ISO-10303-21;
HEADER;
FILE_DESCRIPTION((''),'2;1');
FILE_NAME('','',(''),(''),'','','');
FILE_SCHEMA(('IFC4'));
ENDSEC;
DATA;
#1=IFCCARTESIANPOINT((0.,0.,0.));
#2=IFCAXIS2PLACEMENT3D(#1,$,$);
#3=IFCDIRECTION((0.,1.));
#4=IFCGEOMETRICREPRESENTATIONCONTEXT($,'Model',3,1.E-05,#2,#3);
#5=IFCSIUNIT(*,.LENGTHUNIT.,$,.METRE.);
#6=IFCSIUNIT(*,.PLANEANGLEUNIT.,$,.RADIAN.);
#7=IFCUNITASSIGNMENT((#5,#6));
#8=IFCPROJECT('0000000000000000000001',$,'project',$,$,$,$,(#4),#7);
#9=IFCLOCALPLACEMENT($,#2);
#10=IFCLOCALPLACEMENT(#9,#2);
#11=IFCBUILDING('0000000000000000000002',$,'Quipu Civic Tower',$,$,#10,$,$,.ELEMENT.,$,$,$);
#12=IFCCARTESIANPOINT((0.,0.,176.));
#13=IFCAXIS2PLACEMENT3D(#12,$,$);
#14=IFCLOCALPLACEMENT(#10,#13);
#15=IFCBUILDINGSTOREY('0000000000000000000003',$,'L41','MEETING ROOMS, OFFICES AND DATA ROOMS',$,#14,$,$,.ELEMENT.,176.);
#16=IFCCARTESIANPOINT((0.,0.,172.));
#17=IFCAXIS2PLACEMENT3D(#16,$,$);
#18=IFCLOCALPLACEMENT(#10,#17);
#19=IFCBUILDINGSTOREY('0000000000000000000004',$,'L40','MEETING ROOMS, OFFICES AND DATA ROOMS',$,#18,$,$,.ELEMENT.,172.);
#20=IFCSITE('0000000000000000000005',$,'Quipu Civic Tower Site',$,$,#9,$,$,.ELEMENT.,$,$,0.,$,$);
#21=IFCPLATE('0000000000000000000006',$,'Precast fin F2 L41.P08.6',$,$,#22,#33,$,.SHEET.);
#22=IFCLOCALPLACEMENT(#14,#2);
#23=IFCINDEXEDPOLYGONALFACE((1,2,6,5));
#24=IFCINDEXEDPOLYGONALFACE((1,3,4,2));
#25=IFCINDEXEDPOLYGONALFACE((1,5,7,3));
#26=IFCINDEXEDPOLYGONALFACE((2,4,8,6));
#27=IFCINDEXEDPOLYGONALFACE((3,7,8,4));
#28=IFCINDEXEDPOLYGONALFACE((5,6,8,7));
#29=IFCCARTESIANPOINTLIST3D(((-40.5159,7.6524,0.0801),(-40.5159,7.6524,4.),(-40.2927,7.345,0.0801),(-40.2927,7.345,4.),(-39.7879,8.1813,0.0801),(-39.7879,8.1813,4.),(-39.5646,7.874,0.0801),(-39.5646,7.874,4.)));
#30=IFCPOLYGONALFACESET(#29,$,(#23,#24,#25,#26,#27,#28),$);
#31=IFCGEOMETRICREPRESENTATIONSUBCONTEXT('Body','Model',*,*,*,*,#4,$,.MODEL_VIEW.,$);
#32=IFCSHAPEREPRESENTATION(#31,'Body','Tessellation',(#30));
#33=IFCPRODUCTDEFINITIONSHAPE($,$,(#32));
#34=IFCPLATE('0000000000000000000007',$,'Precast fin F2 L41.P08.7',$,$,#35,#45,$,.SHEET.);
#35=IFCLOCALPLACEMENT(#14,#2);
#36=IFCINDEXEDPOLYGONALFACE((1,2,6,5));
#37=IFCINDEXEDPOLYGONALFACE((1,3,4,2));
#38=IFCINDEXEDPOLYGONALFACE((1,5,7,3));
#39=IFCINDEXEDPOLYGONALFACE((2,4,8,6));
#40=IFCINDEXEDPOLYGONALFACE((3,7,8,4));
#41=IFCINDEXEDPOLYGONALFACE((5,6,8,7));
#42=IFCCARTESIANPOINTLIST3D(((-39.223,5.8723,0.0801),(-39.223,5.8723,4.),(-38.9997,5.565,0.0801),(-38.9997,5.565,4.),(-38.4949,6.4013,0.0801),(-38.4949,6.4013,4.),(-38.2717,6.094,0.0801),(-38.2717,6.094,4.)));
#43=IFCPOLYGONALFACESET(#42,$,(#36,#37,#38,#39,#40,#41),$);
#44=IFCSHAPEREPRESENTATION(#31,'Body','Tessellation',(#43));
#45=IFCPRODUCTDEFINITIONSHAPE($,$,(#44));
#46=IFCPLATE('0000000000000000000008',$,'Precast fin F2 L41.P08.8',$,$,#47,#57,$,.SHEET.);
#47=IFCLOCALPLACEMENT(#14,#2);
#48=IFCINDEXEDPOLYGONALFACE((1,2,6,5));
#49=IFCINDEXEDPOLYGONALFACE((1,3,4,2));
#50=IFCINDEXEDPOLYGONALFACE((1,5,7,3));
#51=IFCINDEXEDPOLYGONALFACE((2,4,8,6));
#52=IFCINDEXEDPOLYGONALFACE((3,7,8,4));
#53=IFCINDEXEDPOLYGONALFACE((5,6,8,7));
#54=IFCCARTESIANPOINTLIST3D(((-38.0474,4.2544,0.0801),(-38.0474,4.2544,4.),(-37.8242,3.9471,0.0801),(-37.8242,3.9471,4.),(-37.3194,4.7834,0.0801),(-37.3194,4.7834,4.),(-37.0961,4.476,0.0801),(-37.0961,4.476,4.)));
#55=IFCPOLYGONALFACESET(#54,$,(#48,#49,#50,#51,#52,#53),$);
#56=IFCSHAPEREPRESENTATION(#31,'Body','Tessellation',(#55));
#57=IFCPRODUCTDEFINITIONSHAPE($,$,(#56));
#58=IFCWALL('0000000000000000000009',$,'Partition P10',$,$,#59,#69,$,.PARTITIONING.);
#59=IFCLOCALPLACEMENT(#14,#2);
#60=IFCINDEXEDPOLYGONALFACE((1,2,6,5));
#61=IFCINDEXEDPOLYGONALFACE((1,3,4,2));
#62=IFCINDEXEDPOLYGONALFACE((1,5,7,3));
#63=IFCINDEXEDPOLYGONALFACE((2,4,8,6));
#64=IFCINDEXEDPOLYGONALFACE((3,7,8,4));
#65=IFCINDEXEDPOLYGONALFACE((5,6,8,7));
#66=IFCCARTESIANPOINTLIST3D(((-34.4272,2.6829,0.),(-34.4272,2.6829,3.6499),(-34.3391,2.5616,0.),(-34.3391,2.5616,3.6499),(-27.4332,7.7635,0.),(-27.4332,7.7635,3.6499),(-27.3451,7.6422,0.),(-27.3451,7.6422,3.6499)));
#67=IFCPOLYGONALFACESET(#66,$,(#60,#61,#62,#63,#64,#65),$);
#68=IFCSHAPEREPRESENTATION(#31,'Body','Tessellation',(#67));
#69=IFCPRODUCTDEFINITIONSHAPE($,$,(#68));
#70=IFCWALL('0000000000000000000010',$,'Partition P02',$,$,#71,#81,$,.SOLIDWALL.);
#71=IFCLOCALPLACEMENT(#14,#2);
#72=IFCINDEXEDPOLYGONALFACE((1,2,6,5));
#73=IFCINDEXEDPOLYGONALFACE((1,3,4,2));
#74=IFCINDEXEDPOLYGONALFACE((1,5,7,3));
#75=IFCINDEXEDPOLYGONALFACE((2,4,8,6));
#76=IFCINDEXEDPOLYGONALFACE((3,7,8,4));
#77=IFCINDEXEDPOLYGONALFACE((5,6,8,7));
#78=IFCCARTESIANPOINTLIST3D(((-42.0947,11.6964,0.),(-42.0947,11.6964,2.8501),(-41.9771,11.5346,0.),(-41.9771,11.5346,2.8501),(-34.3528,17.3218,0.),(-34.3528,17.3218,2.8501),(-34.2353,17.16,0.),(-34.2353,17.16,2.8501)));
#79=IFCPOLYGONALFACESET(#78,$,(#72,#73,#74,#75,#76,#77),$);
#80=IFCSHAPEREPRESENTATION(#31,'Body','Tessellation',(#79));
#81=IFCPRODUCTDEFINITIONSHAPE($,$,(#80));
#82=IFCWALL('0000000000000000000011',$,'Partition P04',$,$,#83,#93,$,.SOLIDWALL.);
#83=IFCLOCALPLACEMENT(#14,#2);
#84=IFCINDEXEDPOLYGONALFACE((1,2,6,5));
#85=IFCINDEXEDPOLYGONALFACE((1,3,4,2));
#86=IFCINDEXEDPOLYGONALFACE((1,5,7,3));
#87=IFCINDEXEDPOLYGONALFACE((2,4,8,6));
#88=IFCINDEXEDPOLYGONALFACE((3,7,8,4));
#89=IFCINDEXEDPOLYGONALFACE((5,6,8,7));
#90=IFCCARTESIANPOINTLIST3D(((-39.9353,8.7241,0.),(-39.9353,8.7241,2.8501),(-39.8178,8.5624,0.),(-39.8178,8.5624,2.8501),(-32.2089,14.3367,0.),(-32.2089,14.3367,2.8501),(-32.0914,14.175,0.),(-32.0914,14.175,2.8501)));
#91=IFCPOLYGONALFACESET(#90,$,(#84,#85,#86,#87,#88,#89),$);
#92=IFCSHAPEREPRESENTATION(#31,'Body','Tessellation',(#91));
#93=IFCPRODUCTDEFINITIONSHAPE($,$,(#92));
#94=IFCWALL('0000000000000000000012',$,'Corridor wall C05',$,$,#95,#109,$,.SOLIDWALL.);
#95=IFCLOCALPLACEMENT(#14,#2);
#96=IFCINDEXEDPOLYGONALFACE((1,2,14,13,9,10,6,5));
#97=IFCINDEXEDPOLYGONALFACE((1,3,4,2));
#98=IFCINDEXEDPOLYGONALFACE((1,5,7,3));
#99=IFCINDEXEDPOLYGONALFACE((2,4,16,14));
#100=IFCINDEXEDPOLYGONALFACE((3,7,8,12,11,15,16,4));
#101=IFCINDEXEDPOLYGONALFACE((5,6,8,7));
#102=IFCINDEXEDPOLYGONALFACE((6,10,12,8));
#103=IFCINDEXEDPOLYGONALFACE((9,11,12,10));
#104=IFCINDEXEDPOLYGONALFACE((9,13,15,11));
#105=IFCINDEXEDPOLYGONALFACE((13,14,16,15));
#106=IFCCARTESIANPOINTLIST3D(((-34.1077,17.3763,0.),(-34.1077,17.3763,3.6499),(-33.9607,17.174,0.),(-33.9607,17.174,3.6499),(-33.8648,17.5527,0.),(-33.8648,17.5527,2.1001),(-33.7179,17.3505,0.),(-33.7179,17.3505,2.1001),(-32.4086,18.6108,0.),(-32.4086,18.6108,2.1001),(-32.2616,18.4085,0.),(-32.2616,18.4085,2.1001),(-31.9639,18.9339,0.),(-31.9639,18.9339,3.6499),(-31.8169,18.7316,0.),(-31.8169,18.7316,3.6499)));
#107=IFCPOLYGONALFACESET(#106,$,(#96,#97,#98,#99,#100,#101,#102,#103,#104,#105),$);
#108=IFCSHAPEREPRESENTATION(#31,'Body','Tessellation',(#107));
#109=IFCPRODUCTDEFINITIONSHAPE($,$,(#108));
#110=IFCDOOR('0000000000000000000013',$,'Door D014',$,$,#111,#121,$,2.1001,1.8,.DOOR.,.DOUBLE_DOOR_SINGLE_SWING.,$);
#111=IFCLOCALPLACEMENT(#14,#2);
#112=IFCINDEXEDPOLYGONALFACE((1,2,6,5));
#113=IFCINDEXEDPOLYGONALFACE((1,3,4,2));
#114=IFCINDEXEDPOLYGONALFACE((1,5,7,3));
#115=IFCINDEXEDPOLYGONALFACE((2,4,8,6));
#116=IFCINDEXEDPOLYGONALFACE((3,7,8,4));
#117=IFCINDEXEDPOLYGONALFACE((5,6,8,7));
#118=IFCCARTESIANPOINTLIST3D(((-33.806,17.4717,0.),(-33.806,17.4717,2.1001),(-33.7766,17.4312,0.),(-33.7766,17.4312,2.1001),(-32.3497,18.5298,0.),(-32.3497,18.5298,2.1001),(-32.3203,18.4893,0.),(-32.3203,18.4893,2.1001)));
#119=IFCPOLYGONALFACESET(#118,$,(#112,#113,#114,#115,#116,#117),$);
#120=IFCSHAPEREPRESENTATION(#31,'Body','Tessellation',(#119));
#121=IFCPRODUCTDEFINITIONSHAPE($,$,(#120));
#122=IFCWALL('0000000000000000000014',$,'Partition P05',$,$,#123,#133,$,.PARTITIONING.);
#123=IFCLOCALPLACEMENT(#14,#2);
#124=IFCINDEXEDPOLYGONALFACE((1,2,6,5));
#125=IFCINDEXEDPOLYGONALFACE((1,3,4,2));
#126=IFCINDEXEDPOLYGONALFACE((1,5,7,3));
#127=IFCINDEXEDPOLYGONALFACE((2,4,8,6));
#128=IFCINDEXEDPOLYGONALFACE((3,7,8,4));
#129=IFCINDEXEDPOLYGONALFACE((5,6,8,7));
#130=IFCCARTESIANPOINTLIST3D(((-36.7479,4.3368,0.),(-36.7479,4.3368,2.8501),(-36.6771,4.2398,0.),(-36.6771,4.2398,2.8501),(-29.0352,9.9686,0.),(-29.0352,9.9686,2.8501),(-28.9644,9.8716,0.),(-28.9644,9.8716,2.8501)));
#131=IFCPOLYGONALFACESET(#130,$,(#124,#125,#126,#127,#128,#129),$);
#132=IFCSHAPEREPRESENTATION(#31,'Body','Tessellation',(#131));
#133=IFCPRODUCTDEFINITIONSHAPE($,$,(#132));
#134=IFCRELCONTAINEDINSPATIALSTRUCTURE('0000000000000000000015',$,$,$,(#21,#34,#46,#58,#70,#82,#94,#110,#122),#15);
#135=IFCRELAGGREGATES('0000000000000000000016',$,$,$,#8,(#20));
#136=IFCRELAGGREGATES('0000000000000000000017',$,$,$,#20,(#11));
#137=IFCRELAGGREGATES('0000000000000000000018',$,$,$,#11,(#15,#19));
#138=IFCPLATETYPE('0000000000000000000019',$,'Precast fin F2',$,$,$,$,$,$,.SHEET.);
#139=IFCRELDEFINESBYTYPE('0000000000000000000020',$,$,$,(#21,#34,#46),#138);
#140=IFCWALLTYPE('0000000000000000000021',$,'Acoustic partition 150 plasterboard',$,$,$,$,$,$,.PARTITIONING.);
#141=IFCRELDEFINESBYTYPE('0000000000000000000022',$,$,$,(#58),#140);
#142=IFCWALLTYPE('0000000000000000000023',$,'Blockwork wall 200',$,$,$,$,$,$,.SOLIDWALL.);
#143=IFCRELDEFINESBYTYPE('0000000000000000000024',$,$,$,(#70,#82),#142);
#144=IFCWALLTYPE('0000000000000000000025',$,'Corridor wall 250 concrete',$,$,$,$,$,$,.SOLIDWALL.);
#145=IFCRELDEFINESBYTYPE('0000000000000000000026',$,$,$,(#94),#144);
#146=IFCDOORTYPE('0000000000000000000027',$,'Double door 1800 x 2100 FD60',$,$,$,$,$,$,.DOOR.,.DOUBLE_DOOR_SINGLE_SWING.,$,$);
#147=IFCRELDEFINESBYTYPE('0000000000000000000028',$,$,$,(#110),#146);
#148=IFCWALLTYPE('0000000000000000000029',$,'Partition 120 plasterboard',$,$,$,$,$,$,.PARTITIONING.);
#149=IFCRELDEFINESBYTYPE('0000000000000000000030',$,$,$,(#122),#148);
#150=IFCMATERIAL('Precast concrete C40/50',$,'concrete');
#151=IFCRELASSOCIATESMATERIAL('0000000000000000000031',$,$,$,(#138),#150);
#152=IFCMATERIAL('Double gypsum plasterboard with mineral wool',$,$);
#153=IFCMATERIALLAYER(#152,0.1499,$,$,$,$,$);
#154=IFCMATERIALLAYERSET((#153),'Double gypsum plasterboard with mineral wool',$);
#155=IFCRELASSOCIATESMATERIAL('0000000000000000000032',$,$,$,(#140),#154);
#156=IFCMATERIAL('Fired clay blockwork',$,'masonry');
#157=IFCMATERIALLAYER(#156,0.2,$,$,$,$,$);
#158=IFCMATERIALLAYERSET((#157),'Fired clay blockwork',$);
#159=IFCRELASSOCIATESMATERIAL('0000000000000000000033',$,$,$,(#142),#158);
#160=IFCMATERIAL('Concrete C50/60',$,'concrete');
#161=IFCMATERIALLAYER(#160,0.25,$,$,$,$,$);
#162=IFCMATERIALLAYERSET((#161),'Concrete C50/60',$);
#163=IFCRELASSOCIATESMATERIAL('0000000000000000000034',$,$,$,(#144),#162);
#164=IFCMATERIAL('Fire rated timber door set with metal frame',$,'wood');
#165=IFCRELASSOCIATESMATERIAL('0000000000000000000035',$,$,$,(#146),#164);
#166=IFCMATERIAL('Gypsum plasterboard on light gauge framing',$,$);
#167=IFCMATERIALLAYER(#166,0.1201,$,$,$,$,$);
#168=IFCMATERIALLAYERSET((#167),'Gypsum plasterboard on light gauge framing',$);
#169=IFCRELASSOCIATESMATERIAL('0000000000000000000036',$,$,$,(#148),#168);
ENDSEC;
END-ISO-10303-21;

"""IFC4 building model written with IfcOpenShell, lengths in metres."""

from ifc_helpers import new_model, si_unit, direction, frame, frame_2d, origin, origin_2d, place, context, subcontext, project, spatial, rectangle, extrude, material, layer, layer_set, type_object, element, fill, save


model = new_model("IFC4")

# Units and contexts
model_context = context("Model", 3, precision=1e-05, world=origin(), true_north=direction((0.0, 1.0)))
body_context = subcontext(model_context, "Body", "Model", "MODEL_VIEW")
ifc_project = project(units=[si_unit("LENGTHUNIT", "METRE"), si_unit("PLANEANGLEUNIT", "RADIAN")], contexts=[model_context])

# Site, building, storey
site_placement = place(None, origin())
site = spatial("IfcSite", under=ifc_project, at=site_placement, Name="Quipu Civic Tower Site", CompositionType="ELEMENT", RefElevation=0.0)
building_placement = place(site_placement, origin())
building = spatial("IfcBuilding", under=site, at=building_placement, Name="Quipu Civic Tower", CompositionType="ELEMENT")
storey_1_placement = place(building_placement, frame((0.0, 0.0, 176.0)))
storey_1 = spatial("IfcBuildingStorey", under=building, at=storey_1_placement, Name="L41", Description="MEETING ROOMS, OFFICES AND DATA ROOMS", CompositionType="ELEMENT", Elevation=176.0)

# Shared definitions
storey_2_placement = place(building_placement, frame((0.0, 0.0, 172.0)))
storey_2 = spatial("IfcBuildingStorey", under=building, at=storey_2_placement, Name="L40", Description="MEETING ROOMS, OFFICES AND DATA ROOMS", CompositionType="ELEMENT", Elevation=172.0)

# Plates
ifc_material_1 = material(Name="Precast concrete C40/50", Category="concrete")
plate_type_1 = type_object("IfcPlateType", Name="Precast fin F2", PredefinedType="SHEET", material=ifc_material_1)
for number, where, z_axis, x_axis, name in (
    (1, (-40.0403, 7.7632, 0.0801), (0.0, 0.0, 1.0), (0.587786, -0.809017, 0.0), "Precast fin F2 L41.P08.6"),
    (2, (-38.7473, 5.9832, 0.0801), (0.0, 0.0, 1.0), (0.587786, -0.809017, 0.0), "Precast fin F2 L41.P08.7"),
    (3, (-37.5718, 4.3652, 0.0801), (0.0, 0.0, 1.0), (0.587786, -0.809017, 0.0), "Precast fin F2 L41.P08.8"),
):
    element("IfcPlate", number, at=place(storey_1_placement, frame(where, z_axis=z_axis, x_axis=x_axis)), inside=storey_1, type_object=plate_type_1, Name=name, PredefinedType="SHEET", context=body_context, shape_type="SweptSolid", body=[
        extrude(rectangle(XDim=0.3799, YDim=0.8999, at=origin_2d()), origin(), (0.0, 0.0, 1.0), 3.9199),
    ])

# Walls
ifc_material_2 = material(Name="Double gypsum plasterboard with mineral wool")
ifc_layer_1 = layer(ifc_material_2, 0.1499)
ifc_layer_set_1 = layer_set([ifc_layer_1], Name="Double gypsum plasterboard with mineral wool")
wall_type_1 = type_object("IfcWallType", Name="Acoustic partition 150 plasterboard", PredefinedType="PARTITIONING", material=ifc_layer_set_1)
wall_1_placement = place(storey_1_placement, frame((-27.3892, 7.7029, 0.0), z_axis=(0.0, 0.0, 1.0), x_axis=(-0.809061, -0.587725, 0.0)))
element("IfcWall", 4, at=wall_1_placement, inside=storey_1, type_object=wall_type_1, Name="Partition P10", PredefinedType="PARTITIONING", context=body_context, shape_type="SweptSolid", body=[
    extrude(rectangle(XDim=8.6445, YDim=0.1499, at=frame_2d((4.3223, 0.0))), origin(), (0.0, 0.0, 1.0), 3.6499),
])
ifc_material_3 = material(Name="Fired clay blockwork", Category="masonry")
ifc_layer_2 = layer(ifc_material_3, 0.2)
ifc_layer_set_2 = layer_set([ifc_layer_2], Name="Fired clay blockwork")
wall_type_2 = type_object("IfcWallType", Name="Blockwork wall 200", PredefinedType="SOLIDWALL", material=ifc_layer_set_2)
wall_2_placement = place(storey_1_placement, frame((-42.0359, 11.6155, 0.0), z_axis=(0.0, 0.0, 1.0), x_axis=(0.808985, 0.587829, 0.0)))
element("IfcWall", 5, at=wall_2_placement, inside=storey_1, type_object=wall_type_2, Name="Partition P02", PredefinedType="SOLIDWALL", context=body_context, shape_type="SweptSolid", body=[
    extrude(rectangle(XDim=9.5698, YDim=0.2, at=frame_2d((4.7849, 0.0))), origin(), (0.0, 0.0, 1.0), 2.8501),
])
wall_3_placement = place(storey_1_placement, frame((-32.1501, 14.2559, 0.0), z_axis=(0.0, 0.0, 1.0), x_axis=(-0.809064, -0.58772, 0.0)))
element("IfcWall", 6, at=wall_3_placement, inside=storey_1, type_object=wall_type_2, Name="Partition P04", PredefinedType="SOLIDWALL", context=body_context, shape_type="SweptSolid", body=[
    extrude(rectangle(XDim=9.5498, YDim=0.2, at=frame_2d((4.7749, 0.0))), origin(), (0.0, 0.0, 1.0), 2.8501),
])

# Wall, opening, door
ifc_material_4 = material(Name="Concrete C50/60", Category="concrete")
ifc_layer_3 = layer(ifc_material_4, 0.25)
ifc_layer_set_3 = layer_set([ifc_layer_3], Name="Concrete C50/60")
wall_type_3 = type_object("IfcWallType", Name="Corridor wall 250 concrete", PredefinedType="SOLIDWALL", material=ifc_layer_set_3)
wall_4_placement = place(storey_1_placement, frame((-34.0342, 17.2751, 0.0), z_axis=(0.0, 0.0, 1.0), x_axis=(0.809007, 0.587799, 0.0)))
wall_4 = element("IfcWall", 7, at=wall_4_placement, inside=storey_1, type_object=wall_type_3, Name="Corridor wall C05", PredefinedType="SOLIDWALL", context=body_context, shape_type="SweptSolid", body=[
    extrude(rectangle(XDim=2.6499, YDim=0.25, at=frame_2d((1.325, 0.0))), origin(), (0.0, 0.0, 1.0), 3.6499),
])
opening_placement = place(wall_4_placement, frame((0.3003, 0.0, 0.0)))
opening = element("IfcOpeningElement", 8, at=opening_placement, cuts=wall_4, PredefinedType="OPENING", context=body_context, shape_type="SweptSolid", body=[
    extrude(rectangle(XDim=1.8, YDim=2.1001, at=frame_2d((0.8999, 1.05))), frame((0.0, 0.135, 0.0), z_axis=(0.0, -1.0, 0.0), x_axis=(1.0, 0.0, 0.0)), (0.0, 0.0, 1.0), 0.27),
])
ifc_material_5 = material(Name="Fire rated timber door set with metal frame", Category="wood")
door_type = type_object("IfcDoorType", Name="Double door 1800 x 2100 FD60", OperationType="DOUBLE_DOOR_SINGLE_SWING", PredefinedType="DOOR", material=ifc_material_5)
door_placement = place(opening_placement, origin())
door = element("IfcDoor", 9, at=door_placement, inside=storey_1, type_object=door_type, Name="Door D014", OperationType="DOUBLE_DOOR_SINGLE_SWING", OverallHeight=2.1001, OverallWidth=1.8, PredefinedType="DOOR", context=body_context, shape_type="SweptSolid", body=[
    extrude(rectangle(XDim=1.8, YDim=2.1001, at=frame_2d((0.8999, 1.05))), frame((0.0, 0.0249, 0.0), z_axis=(0.0, -1.0, 0.0), x_axis=(1.0, 0.0, 0.0)), (0.0, 0.0, 1.0), 0.05),
])
fill(opening, door)

# Wall
ifc_material_6 = material(Name="Gypsum plasterboard on light gauge framing")
ifc_layer_4 = layer(ifc_material_6, 0.1201)
ifc_layer_set_4 = layer_set([ifc_layer_4], Name="Gypsum plasterboard on light gauge framing")
wall_type_4 = type_object("IfcWallType", Name="Partition 120 plasterboard", PredefinedType="PARTITIONING", material=ifc_layer_set_4)
wall_5_placement = place(storey_1_placement, frame((-36.7124, 4.2883, 0.0), z_axis=(0.0, 0.0, 1.0), x_axis=(0.807607, 0.589721, 0.0)))
element("IfcWall", 10, at=wall_5_placement, inside=storey_1, type_object=wall_type_4, Name="Partition P05", PredefinedType="PARTITIONING", context=body_context, shape_type="SweptSolid", body=[
    extrude(rectangle(XDim=9.55, YDim=0.1201, at=frame_2d((4.7749, 0.0))), origin(), (0.0, 0.0, 1.0), 2.8501),
])

save(model, "model.ifc")
